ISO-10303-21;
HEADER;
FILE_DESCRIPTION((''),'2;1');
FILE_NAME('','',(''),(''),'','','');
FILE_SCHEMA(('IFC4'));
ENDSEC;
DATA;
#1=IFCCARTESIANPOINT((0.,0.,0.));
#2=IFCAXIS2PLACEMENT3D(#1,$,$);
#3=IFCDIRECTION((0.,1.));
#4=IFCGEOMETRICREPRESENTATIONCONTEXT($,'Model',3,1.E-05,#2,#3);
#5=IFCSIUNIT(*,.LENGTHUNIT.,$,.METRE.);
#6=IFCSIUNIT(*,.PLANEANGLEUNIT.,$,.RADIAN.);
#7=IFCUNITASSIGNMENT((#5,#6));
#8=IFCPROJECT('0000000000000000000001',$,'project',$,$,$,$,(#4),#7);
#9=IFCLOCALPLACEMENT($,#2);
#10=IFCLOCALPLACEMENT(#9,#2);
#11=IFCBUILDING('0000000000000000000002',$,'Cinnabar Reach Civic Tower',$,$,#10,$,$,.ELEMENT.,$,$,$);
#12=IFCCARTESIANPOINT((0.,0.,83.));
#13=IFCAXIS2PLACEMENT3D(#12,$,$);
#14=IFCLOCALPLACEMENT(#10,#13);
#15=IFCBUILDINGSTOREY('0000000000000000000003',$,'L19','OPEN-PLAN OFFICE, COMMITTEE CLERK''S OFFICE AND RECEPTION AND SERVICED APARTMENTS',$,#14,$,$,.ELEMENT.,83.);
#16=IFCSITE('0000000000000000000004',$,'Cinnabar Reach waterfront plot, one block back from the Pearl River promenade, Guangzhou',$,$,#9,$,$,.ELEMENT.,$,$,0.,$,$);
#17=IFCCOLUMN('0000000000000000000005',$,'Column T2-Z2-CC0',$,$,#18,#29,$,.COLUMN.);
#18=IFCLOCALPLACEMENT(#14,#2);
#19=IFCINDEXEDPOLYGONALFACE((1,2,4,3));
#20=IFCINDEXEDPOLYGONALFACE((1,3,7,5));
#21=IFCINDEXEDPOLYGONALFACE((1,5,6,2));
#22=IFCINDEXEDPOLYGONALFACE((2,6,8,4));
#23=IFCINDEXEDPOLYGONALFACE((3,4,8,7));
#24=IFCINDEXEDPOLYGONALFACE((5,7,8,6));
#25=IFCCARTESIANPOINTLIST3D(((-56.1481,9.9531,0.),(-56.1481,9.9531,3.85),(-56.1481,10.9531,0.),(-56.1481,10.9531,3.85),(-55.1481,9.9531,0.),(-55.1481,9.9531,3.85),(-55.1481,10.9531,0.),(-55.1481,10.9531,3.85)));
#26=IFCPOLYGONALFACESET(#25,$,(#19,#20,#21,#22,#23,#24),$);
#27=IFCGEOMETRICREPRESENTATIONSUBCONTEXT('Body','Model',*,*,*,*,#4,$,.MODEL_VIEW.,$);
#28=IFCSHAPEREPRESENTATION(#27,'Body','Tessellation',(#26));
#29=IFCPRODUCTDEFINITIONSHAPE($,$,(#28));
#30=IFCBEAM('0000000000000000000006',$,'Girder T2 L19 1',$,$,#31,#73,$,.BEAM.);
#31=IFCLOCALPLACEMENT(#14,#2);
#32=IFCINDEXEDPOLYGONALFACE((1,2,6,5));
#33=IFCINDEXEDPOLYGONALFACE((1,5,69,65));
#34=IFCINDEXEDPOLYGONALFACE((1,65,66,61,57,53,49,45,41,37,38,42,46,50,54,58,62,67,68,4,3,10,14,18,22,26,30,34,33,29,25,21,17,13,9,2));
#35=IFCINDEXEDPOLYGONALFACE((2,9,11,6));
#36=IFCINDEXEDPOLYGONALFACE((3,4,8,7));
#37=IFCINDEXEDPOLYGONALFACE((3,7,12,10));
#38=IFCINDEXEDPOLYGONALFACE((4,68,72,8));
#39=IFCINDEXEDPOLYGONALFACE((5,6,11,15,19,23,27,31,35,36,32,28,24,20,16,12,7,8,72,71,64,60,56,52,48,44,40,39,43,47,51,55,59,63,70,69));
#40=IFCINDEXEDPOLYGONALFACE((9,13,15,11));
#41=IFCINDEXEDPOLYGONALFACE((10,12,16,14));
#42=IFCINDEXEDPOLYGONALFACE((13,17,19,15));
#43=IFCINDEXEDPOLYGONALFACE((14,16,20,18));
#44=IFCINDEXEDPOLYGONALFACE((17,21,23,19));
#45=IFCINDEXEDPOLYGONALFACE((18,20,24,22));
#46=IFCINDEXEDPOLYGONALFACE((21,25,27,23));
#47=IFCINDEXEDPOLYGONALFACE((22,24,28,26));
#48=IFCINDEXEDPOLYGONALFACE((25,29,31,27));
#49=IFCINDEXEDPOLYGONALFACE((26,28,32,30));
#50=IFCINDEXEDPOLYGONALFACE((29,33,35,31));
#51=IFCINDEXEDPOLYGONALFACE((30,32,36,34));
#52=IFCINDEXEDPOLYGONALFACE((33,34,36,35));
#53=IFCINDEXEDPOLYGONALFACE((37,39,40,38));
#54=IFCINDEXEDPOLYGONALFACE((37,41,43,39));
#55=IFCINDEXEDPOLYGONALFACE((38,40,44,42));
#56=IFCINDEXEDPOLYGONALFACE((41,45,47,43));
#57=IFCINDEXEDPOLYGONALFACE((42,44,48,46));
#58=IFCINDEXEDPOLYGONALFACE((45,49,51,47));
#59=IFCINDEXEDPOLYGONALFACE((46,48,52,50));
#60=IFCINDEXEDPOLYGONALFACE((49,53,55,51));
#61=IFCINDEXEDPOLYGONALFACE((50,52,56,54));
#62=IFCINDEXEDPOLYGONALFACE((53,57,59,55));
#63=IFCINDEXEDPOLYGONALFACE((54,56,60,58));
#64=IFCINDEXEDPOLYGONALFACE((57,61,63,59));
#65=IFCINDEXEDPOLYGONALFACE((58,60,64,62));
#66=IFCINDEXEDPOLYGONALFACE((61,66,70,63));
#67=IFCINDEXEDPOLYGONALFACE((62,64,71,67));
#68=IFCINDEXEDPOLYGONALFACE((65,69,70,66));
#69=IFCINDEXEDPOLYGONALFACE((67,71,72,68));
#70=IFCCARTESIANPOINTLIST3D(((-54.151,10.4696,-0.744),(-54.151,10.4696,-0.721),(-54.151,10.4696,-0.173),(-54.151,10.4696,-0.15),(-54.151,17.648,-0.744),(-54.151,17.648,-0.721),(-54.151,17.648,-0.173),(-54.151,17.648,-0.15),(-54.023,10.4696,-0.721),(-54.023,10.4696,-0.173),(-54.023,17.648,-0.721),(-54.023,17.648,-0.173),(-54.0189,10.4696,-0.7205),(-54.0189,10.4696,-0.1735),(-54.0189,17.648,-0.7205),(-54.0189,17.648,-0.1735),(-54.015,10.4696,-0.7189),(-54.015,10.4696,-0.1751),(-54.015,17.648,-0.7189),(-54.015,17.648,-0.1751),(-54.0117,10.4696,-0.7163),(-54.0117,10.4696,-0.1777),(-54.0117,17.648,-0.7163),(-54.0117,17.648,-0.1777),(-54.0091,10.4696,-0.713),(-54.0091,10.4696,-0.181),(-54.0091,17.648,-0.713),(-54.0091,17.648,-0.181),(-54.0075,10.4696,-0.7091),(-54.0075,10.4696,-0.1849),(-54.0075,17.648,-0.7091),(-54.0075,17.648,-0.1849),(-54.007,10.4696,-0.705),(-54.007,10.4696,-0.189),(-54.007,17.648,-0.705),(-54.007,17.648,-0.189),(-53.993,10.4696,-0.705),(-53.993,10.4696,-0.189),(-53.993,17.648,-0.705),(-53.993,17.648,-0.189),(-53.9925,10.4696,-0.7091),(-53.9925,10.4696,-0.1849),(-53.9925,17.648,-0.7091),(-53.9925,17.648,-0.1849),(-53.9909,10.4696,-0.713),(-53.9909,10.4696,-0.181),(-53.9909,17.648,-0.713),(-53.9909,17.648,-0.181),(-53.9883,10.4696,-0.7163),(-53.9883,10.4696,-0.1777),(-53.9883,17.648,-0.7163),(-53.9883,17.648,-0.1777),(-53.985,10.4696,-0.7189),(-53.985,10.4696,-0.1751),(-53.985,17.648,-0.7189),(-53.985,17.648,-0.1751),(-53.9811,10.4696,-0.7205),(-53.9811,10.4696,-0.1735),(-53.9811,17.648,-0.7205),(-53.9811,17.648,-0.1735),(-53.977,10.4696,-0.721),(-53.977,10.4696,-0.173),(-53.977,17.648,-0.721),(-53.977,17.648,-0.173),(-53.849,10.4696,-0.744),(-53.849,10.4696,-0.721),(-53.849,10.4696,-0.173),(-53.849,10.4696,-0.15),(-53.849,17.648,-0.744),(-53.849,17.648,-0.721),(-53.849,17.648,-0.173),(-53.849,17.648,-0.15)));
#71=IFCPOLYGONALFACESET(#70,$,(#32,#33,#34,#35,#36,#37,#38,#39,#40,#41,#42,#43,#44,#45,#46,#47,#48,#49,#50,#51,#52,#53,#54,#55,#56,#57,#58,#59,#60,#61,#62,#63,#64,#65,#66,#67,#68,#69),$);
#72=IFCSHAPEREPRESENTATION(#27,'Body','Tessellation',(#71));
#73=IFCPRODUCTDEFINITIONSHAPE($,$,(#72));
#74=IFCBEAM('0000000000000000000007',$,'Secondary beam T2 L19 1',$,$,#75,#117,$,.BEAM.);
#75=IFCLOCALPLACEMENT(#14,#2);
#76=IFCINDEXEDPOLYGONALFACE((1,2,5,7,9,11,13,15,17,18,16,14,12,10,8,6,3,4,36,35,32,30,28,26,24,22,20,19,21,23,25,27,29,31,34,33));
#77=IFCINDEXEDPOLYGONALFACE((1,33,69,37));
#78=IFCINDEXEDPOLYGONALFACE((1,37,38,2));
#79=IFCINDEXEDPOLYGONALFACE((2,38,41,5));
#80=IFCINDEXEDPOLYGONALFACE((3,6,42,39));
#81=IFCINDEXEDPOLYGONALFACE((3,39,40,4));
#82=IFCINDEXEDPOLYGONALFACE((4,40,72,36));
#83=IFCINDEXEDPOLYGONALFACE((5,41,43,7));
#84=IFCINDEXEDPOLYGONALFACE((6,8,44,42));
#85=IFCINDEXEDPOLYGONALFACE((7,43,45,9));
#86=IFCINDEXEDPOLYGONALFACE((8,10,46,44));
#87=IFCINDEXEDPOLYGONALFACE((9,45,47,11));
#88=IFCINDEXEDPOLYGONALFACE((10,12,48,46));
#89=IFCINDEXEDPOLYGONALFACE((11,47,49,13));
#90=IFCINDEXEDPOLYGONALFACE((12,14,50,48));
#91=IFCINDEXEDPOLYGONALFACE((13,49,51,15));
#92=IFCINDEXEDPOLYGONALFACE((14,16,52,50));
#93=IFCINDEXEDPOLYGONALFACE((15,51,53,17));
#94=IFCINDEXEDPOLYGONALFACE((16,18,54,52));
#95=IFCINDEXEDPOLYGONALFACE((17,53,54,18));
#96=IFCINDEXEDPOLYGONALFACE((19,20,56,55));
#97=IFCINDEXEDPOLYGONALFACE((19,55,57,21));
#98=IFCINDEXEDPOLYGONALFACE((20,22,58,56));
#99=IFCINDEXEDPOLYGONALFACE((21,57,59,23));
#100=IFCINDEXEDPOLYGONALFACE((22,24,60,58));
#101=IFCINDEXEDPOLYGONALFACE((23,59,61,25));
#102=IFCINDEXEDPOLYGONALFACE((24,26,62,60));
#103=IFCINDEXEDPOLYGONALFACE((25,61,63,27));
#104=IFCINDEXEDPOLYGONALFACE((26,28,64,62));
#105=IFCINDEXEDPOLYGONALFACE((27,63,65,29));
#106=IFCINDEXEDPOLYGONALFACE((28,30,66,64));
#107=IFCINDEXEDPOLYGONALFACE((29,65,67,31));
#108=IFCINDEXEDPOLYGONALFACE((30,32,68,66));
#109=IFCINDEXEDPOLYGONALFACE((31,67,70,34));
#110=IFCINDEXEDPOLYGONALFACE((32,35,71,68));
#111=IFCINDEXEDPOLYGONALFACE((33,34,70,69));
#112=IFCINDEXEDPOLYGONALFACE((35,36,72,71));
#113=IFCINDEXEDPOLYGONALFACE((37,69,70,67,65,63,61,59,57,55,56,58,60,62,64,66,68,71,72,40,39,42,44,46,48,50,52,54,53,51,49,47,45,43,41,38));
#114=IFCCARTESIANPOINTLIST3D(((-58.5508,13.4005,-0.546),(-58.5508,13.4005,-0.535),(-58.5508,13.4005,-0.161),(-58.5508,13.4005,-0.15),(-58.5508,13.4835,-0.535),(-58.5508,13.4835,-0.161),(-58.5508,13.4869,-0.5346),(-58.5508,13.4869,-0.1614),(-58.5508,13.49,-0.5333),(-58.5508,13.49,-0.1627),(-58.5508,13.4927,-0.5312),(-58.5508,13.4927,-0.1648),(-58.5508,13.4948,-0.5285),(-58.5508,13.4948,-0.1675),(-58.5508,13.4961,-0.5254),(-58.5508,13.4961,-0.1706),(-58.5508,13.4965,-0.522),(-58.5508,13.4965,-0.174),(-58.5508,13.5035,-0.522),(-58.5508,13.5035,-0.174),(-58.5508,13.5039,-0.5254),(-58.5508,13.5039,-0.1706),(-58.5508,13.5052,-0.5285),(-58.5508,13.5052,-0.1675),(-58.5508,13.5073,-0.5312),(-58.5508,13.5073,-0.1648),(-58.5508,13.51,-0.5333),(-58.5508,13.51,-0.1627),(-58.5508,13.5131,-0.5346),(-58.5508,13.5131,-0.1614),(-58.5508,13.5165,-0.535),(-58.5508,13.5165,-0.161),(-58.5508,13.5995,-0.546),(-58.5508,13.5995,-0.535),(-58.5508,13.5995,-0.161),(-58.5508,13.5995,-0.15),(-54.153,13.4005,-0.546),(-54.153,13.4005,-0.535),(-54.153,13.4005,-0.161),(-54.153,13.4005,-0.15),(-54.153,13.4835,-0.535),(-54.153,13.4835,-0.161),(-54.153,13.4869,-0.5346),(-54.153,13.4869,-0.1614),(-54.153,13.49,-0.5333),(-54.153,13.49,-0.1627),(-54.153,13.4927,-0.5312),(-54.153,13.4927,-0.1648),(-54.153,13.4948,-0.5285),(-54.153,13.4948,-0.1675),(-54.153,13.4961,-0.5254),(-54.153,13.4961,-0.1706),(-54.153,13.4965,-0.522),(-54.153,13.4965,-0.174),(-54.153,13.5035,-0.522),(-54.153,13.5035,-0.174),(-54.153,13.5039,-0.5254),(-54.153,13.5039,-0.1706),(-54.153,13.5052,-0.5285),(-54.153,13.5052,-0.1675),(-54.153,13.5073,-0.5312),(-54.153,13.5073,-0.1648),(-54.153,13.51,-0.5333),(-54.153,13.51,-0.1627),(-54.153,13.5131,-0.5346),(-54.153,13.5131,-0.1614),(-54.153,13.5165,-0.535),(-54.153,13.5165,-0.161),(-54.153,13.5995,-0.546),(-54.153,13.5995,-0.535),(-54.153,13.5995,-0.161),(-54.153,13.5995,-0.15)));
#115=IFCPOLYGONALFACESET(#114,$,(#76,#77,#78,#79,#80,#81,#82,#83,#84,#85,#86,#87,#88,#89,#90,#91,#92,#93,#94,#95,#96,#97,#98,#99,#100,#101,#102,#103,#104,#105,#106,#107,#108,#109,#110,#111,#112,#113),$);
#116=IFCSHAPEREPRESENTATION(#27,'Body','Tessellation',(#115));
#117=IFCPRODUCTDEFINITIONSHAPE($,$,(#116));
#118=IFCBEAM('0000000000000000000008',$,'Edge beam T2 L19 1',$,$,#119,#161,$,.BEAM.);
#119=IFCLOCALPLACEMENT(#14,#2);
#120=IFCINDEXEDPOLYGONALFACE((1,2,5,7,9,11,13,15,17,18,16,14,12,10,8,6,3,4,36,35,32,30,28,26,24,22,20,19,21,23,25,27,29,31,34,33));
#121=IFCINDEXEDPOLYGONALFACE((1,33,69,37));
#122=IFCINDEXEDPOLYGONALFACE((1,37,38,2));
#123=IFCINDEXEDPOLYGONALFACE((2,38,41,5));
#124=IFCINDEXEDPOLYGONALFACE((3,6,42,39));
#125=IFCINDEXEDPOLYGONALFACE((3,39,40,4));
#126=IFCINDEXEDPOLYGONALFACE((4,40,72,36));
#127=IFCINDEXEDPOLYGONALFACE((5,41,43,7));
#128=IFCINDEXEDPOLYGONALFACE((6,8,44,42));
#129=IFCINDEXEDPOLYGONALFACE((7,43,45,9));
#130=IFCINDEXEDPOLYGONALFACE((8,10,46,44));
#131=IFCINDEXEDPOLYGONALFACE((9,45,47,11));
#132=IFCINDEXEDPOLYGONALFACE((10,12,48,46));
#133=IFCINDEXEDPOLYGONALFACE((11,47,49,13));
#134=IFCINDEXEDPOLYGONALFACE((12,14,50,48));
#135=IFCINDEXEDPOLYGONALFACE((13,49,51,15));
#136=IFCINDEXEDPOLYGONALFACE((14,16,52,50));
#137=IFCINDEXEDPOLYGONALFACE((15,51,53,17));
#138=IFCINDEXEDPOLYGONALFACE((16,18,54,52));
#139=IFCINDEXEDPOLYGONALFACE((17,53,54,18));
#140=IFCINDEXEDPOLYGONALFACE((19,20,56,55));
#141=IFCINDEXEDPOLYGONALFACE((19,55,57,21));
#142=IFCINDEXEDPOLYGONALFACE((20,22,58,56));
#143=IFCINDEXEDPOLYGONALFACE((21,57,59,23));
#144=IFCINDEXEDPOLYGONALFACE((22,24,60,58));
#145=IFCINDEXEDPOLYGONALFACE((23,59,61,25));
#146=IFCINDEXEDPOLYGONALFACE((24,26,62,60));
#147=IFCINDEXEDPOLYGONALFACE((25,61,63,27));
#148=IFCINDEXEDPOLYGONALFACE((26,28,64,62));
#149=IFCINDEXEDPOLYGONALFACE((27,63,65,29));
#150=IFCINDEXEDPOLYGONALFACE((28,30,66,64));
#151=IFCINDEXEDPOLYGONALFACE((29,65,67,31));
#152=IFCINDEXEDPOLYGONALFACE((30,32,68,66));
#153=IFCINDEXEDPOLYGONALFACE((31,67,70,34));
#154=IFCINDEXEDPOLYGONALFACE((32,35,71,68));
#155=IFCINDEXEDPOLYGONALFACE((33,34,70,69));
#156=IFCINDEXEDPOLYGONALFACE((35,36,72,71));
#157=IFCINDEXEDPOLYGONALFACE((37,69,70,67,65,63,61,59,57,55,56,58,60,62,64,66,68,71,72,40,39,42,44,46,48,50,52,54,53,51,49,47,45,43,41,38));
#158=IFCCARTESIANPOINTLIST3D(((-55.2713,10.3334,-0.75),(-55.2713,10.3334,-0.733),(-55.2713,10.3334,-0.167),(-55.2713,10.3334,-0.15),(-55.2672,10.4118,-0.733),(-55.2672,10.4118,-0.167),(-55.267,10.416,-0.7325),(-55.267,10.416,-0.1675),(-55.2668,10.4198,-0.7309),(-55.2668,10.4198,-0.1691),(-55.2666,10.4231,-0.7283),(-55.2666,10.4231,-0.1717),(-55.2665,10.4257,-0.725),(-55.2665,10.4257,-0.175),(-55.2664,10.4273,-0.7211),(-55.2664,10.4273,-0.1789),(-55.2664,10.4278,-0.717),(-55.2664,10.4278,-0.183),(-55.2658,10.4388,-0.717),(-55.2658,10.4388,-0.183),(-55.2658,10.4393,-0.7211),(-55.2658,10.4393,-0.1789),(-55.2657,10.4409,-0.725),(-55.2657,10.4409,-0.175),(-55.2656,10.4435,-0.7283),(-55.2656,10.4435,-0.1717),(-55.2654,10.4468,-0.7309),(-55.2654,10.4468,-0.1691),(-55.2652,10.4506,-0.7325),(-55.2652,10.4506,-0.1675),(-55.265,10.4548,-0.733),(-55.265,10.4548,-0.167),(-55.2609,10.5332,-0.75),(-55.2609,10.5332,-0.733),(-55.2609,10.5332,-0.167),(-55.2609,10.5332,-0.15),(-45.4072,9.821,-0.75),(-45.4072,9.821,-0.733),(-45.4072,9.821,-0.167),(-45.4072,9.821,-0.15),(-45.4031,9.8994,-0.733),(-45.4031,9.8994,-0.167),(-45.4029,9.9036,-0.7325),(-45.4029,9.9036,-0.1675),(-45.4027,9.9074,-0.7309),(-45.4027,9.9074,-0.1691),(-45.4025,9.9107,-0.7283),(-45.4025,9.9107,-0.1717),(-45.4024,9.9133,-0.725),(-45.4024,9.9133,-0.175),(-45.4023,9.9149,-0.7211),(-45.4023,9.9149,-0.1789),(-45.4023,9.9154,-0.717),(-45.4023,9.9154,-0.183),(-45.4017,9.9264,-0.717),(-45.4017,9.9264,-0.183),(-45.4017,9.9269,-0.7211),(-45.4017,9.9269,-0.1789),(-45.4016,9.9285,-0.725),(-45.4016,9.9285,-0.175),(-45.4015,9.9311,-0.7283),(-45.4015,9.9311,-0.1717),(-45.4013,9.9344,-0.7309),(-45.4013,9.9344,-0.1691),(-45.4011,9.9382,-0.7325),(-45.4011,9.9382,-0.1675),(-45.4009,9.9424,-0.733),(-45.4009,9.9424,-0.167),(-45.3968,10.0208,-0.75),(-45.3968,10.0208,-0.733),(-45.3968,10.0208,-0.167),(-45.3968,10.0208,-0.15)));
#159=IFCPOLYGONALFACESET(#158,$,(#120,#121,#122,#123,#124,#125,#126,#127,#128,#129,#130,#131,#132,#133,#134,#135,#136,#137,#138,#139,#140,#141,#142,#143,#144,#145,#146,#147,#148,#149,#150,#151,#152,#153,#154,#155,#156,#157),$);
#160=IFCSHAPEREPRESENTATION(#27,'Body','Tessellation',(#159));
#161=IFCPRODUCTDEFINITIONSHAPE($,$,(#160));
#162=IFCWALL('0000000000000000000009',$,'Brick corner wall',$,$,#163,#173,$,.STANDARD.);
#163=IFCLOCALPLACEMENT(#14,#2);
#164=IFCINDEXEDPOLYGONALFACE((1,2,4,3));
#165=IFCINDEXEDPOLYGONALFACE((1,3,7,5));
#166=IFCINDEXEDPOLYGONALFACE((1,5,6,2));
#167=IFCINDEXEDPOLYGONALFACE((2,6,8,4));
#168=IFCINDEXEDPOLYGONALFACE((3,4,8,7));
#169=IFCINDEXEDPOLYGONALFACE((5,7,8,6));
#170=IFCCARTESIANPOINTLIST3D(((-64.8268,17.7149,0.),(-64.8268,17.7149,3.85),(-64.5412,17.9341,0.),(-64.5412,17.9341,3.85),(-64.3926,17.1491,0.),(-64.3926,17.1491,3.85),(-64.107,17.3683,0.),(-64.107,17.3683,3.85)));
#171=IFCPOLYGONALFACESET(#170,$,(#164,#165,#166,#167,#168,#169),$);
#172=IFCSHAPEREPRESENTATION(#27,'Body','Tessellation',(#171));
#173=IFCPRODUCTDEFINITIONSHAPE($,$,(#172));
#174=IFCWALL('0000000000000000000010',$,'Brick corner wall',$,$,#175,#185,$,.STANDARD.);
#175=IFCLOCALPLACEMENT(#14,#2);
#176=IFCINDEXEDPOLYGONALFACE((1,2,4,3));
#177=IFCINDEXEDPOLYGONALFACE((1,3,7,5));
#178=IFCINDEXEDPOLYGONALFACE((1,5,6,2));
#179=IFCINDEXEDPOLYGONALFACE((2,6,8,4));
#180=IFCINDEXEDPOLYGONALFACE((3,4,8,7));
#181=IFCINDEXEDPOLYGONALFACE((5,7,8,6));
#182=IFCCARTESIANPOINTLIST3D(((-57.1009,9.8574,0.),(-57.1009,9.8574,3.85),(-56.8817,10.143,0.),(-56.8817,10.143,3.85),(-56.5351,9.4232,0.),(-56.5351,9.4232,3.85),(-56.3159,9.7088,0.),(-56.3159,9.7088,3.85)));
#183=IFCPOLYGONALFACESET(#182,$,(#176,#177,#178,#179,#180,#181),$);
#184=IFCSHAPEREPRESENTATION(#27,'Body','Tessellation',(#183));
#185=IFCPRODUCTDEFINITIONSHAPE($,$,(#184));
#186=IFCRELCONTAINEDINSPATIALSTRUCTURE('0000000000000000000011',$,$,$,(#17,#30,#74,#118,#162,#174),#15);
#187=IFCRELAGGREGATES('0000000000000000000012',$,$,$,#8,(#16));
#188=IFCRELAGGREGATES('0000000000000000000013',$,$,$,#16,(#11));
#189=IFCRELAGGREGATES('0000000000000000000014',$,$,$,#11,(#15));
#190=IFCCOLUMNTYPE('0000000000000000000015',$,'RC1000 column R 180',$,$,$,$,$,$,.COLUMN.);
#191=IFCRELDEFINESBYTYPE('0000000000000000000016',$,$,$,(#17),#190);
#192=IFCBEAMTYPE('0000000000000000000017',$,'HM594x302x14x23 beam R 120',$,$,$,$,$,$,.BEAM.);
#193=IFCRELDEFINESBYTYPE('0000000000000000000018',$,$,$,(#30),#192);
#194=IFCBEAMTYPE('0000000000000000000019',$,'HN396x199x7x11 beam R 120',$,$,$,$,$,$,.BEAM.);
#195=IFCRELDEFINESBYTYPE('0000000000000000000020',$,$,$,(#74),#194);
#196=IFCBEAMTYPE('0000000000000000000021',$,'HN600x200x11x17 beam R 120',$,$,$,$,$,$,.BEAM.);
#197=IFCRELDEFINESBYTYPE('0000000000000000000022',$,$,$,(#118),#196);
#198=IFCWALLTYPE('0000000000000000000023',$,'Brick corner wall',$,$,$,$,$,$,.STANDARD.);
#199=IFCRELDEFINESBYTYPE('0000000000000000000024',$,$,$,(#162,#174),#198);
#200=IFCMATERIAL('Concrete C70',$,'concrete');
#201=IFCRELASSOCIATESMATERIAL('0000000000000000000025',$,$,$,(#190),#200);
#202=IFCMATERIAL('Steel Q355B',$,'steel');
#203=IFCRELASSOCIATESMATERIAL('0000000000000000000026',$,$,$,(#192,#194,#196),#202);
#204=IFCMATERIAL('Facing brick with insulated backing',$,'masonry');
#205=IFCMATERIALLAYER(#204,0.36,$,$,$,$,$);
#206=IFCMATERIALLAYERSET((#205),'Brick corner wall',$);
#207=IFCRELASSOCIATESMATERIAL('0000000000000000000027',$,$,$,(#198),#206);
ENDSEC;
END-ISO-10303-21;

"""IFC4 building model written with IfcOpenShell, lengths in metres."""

from ifc_helpers import new_model, si_unit, direction, frame, frame_2d, origin, origin_2d, place, context, subcontext, project, spatial, rectangle, i_section, extrude, material, layer, layer_set, material_profile, profile_set, type_object, element, save


model = new_model("IFC4")

# Units and contexts
model_context = context("Model", 3, precision=1e-05, world=origin(), true_north=direction((0.0, 1.0)))
body_context = subcontext(model_context, "Body", "Model", "MODEL_VIEW")
ifc_project = project(units=[si_unit("LENGTHUNIT", "METRE"), si_unit("PLANEANGLEUNIT", "RADIAN")], contexts=[model_context])

# Site, building, storey
site_placement = place(None, origin())
site = spatial("IfcSite", under=ifc_project, at=site_placement, Name="Cinnabar Reach waterfront plot, one block back from the Pearl River promenade, Guangzhou", CompositionType="ELEMENT", RefElevation=0.0)
building_placement = place(site_placement, origin())
building = spatial("IfcBuilding", under=site, at=building_placement, Name="Cinnabar Reach Civic Tower", CompositionType="ELEMENT")
storey_placement = place(building_placement, frame((0.0, 0.0, 83.0)))
storey = spatial("IfcBuildingStorey", under=building, at=storey_placement, Name="L19", Description="OPEN-PLAN OFFICE, COMMITTEE CLERK'S OFFICE AND RECEPTION AND SERVICED APARTMENTS", CompositionType="ELEMENT", Elevation=83.0)

# Column
ifc_material_1 = material(Name="Concrete C70", Category="concrete")
ifc_material_profile_1 = material_profile(ifc_material_1, rectangle(XDim=1.0, YDim=1.0, at=origin_2d()), Name="RC1000")
ifc_profile_set_1 = profile_set([ifc_material_profile_1], Name="Concrete C70")
column_type = type_object("IfcColumnType", Name="RC1000 column R 180", PredefinedType="COLUMN", material=ifc_profile_set_1)
column_placement = place(storey_placement, frame((-55.6481, 10.4531, 0.0), z_axis=(0.0, 0.0, 1.0), x_axis=(1.0, 0.0, 0.0)))
element("IfcColumn", 1, at=column_placement, inside=storey, type_object=column_type, Name="Column T2-Z2-CC0", PredefinedType="COLUMN", context=body_context, shape_type="SweptSolid", body=[
    extrude(rectangle(XDim=1.0, YDim=1.0, at=origin_2d()), origin(), (0.0, 0.0, 1.0), 3.85),
])

# Beams
ifc_material_2 = material(Name="Steel Q355B", Category="steel")
ifc_material_profile_2 = material_profile(ifc_material_2, i_section(OverallWidth=0.302, OverallDepth=0.594, WebThickness=0.014, FlangeThickness=0.023, FilletRadius=0.016, at=origin_2d()), Name="HM594x302x14x23")
ifc_profile_set_2 = profile_set([ifc_material_profile_2], Name="Steel Q355B")
beam_type_1 = type_object("IfcBeamType", Name="HM594x302x14x23 beam R 120", PredefinedType="BEAM", material=ifc_profile_set_2)
beam_1_placement = place(storey_placement, frame((-54.0, 10.4696, -0.447), z_axis=(0.0, 1.0, 0.0), x_axis=(-1.0, 0.0, 0.0)))
element("IfcBeam", 2, at=beam_1_placement, inside=storey, type_object=beam_type_1, Name="Girder T2 L19 1", PredefinedType="BEAM", context=body_context, shape_type="SweptSolid", body=[
    extrude(i_section(OverallWidth=0.302, OverallDepth=0.594, WebThickness=0.014, FlangeThickness=0.023, FilletRadius=0.016, at=origin_2d()), origin(), (0.0, 0.0, 1.0), 7.1784),
])
ifc_material_profile_3 = material_profile(ifc_material_2, i_section(OverallWidth=0.199, OverallDepth=0.396, WebThickness=0.007, FlangeThickness=0.011, FilletRadius=0.013, at=origin_2d()), Name="HN396x199x7x11")
ifc_profile_set_3 = profile_set([ifc_material_profile_3], Name="Steel Q355B")
beam_type_2 = type_object("IfcBeamType", Name="HN396x199x7x11 beam R 120", PredefinedType="BEAM", material=ifc_profile_set_3)
beam_2_placement = place(storey_placement, frame((-58.5508, 13.5, -0.348), z_axis=(1.0, 0.0, 0.0), x_axis=(0.0, 1.0, 0.0)))
element("IfcBeam", 3, at=beam_2_placement, inside=storey, type_object=beam_type_2, Name="Secondary beam T2 L19 1", PredefinedType="BEAM", context=body_context, shape_type="SweptSolid", body=[
    extrude(i_section(OverallWidth=0.199, OverallDepth=0.396, WebThickness=0.007, FlangeThickness=0.011, FilletRadius=0.013, at=origin_2d()), origin(), (0.0, 0.0, 1.0), 4.3978),
])
ifc_material_profile_4 = material_profile(ifc_material_2, i_section(OverallWidth=0.2, OverallDepth=0.6, WebThickness=0.011, FlangeThickness=0.017, FilletRadius=0.016, at=origin_2d()), Name="HN600x200x11x17")
ifc_profile_set_4 = profile_set([ifc_material_profile_4], Name="Steel Q355B")
beam_type_3 = type_object("IfcBeamType", Name="HN600x200x11x17 beam R 120", PredefinedType="BEAM", material=ifc_profile_set_4)
beam_3_placement = place(storey_placement, frame((-55.2661, 10.4333, -0.45), z_axis=(0.998654, -0.051876, 0.0), x_axis=(0.051876, 0.998654, 0.0)))
element("IfcBeam", 4, at=beam_3_placement, inside=storey, type_object=beam_type_3, Name="Edge beam T2 L19 1", PredefinedType="BEAM", context=body_context, shape_type="SweptSolid", body=[
    extrude(i_section(OverallWidth=0.2, OverallDepth=0.6, WebThickness=0.011, FlangeThickness=0.017, FilletRadius=0.016, at=origin_2d()), origin(), (0.0, 0.0, 1.0), 9.8774),
])

# Walls
ifc_material_3 = material(Name="Facing brick with insulated backing", Category="masonry")
ifc_layer_1 = layer(ifc_material_3, 0.36)
ifc_layer_set_1 = layer_set([ifc_layer_1], Name="Brick corner wall")
wall_type_1 = type_object("IfcWallType", Name="Brick corner wall", PredefinedType="STANDARD", material=ifc_layer_set_1)
for number, where, z_axis, x_axis, name in (
    (5, (-64.684, 17.8245, 0.0), (0.0, 0.0, 1.0), (0.608802, -0.793322, 0.0), "Brick corner wall"),
    (6, (-56.9913, 10.0002, 0.0), (0.0, 0.0, 1.0), (0.793322, -0.608802, 0.0), "Brick corner wall"),
):
    element("IfcWall", number, at=place(storey_placement, frame(where, z_axis=z_axis, x_axis=x_axis)), inside=storey, type_object=wall_type_1, Name=name, PredefinedType="STANDARD", context=body_context, shape_type="SweptSolid", body=[
        extrude(rectangle(XDim=0.7132, YDim=0.36, at=frame_2d((0.3566, 0.0))), origin(), (0.0, 0.0, 1.0), 3.85),
    ])

save(model, "model.ifc")
